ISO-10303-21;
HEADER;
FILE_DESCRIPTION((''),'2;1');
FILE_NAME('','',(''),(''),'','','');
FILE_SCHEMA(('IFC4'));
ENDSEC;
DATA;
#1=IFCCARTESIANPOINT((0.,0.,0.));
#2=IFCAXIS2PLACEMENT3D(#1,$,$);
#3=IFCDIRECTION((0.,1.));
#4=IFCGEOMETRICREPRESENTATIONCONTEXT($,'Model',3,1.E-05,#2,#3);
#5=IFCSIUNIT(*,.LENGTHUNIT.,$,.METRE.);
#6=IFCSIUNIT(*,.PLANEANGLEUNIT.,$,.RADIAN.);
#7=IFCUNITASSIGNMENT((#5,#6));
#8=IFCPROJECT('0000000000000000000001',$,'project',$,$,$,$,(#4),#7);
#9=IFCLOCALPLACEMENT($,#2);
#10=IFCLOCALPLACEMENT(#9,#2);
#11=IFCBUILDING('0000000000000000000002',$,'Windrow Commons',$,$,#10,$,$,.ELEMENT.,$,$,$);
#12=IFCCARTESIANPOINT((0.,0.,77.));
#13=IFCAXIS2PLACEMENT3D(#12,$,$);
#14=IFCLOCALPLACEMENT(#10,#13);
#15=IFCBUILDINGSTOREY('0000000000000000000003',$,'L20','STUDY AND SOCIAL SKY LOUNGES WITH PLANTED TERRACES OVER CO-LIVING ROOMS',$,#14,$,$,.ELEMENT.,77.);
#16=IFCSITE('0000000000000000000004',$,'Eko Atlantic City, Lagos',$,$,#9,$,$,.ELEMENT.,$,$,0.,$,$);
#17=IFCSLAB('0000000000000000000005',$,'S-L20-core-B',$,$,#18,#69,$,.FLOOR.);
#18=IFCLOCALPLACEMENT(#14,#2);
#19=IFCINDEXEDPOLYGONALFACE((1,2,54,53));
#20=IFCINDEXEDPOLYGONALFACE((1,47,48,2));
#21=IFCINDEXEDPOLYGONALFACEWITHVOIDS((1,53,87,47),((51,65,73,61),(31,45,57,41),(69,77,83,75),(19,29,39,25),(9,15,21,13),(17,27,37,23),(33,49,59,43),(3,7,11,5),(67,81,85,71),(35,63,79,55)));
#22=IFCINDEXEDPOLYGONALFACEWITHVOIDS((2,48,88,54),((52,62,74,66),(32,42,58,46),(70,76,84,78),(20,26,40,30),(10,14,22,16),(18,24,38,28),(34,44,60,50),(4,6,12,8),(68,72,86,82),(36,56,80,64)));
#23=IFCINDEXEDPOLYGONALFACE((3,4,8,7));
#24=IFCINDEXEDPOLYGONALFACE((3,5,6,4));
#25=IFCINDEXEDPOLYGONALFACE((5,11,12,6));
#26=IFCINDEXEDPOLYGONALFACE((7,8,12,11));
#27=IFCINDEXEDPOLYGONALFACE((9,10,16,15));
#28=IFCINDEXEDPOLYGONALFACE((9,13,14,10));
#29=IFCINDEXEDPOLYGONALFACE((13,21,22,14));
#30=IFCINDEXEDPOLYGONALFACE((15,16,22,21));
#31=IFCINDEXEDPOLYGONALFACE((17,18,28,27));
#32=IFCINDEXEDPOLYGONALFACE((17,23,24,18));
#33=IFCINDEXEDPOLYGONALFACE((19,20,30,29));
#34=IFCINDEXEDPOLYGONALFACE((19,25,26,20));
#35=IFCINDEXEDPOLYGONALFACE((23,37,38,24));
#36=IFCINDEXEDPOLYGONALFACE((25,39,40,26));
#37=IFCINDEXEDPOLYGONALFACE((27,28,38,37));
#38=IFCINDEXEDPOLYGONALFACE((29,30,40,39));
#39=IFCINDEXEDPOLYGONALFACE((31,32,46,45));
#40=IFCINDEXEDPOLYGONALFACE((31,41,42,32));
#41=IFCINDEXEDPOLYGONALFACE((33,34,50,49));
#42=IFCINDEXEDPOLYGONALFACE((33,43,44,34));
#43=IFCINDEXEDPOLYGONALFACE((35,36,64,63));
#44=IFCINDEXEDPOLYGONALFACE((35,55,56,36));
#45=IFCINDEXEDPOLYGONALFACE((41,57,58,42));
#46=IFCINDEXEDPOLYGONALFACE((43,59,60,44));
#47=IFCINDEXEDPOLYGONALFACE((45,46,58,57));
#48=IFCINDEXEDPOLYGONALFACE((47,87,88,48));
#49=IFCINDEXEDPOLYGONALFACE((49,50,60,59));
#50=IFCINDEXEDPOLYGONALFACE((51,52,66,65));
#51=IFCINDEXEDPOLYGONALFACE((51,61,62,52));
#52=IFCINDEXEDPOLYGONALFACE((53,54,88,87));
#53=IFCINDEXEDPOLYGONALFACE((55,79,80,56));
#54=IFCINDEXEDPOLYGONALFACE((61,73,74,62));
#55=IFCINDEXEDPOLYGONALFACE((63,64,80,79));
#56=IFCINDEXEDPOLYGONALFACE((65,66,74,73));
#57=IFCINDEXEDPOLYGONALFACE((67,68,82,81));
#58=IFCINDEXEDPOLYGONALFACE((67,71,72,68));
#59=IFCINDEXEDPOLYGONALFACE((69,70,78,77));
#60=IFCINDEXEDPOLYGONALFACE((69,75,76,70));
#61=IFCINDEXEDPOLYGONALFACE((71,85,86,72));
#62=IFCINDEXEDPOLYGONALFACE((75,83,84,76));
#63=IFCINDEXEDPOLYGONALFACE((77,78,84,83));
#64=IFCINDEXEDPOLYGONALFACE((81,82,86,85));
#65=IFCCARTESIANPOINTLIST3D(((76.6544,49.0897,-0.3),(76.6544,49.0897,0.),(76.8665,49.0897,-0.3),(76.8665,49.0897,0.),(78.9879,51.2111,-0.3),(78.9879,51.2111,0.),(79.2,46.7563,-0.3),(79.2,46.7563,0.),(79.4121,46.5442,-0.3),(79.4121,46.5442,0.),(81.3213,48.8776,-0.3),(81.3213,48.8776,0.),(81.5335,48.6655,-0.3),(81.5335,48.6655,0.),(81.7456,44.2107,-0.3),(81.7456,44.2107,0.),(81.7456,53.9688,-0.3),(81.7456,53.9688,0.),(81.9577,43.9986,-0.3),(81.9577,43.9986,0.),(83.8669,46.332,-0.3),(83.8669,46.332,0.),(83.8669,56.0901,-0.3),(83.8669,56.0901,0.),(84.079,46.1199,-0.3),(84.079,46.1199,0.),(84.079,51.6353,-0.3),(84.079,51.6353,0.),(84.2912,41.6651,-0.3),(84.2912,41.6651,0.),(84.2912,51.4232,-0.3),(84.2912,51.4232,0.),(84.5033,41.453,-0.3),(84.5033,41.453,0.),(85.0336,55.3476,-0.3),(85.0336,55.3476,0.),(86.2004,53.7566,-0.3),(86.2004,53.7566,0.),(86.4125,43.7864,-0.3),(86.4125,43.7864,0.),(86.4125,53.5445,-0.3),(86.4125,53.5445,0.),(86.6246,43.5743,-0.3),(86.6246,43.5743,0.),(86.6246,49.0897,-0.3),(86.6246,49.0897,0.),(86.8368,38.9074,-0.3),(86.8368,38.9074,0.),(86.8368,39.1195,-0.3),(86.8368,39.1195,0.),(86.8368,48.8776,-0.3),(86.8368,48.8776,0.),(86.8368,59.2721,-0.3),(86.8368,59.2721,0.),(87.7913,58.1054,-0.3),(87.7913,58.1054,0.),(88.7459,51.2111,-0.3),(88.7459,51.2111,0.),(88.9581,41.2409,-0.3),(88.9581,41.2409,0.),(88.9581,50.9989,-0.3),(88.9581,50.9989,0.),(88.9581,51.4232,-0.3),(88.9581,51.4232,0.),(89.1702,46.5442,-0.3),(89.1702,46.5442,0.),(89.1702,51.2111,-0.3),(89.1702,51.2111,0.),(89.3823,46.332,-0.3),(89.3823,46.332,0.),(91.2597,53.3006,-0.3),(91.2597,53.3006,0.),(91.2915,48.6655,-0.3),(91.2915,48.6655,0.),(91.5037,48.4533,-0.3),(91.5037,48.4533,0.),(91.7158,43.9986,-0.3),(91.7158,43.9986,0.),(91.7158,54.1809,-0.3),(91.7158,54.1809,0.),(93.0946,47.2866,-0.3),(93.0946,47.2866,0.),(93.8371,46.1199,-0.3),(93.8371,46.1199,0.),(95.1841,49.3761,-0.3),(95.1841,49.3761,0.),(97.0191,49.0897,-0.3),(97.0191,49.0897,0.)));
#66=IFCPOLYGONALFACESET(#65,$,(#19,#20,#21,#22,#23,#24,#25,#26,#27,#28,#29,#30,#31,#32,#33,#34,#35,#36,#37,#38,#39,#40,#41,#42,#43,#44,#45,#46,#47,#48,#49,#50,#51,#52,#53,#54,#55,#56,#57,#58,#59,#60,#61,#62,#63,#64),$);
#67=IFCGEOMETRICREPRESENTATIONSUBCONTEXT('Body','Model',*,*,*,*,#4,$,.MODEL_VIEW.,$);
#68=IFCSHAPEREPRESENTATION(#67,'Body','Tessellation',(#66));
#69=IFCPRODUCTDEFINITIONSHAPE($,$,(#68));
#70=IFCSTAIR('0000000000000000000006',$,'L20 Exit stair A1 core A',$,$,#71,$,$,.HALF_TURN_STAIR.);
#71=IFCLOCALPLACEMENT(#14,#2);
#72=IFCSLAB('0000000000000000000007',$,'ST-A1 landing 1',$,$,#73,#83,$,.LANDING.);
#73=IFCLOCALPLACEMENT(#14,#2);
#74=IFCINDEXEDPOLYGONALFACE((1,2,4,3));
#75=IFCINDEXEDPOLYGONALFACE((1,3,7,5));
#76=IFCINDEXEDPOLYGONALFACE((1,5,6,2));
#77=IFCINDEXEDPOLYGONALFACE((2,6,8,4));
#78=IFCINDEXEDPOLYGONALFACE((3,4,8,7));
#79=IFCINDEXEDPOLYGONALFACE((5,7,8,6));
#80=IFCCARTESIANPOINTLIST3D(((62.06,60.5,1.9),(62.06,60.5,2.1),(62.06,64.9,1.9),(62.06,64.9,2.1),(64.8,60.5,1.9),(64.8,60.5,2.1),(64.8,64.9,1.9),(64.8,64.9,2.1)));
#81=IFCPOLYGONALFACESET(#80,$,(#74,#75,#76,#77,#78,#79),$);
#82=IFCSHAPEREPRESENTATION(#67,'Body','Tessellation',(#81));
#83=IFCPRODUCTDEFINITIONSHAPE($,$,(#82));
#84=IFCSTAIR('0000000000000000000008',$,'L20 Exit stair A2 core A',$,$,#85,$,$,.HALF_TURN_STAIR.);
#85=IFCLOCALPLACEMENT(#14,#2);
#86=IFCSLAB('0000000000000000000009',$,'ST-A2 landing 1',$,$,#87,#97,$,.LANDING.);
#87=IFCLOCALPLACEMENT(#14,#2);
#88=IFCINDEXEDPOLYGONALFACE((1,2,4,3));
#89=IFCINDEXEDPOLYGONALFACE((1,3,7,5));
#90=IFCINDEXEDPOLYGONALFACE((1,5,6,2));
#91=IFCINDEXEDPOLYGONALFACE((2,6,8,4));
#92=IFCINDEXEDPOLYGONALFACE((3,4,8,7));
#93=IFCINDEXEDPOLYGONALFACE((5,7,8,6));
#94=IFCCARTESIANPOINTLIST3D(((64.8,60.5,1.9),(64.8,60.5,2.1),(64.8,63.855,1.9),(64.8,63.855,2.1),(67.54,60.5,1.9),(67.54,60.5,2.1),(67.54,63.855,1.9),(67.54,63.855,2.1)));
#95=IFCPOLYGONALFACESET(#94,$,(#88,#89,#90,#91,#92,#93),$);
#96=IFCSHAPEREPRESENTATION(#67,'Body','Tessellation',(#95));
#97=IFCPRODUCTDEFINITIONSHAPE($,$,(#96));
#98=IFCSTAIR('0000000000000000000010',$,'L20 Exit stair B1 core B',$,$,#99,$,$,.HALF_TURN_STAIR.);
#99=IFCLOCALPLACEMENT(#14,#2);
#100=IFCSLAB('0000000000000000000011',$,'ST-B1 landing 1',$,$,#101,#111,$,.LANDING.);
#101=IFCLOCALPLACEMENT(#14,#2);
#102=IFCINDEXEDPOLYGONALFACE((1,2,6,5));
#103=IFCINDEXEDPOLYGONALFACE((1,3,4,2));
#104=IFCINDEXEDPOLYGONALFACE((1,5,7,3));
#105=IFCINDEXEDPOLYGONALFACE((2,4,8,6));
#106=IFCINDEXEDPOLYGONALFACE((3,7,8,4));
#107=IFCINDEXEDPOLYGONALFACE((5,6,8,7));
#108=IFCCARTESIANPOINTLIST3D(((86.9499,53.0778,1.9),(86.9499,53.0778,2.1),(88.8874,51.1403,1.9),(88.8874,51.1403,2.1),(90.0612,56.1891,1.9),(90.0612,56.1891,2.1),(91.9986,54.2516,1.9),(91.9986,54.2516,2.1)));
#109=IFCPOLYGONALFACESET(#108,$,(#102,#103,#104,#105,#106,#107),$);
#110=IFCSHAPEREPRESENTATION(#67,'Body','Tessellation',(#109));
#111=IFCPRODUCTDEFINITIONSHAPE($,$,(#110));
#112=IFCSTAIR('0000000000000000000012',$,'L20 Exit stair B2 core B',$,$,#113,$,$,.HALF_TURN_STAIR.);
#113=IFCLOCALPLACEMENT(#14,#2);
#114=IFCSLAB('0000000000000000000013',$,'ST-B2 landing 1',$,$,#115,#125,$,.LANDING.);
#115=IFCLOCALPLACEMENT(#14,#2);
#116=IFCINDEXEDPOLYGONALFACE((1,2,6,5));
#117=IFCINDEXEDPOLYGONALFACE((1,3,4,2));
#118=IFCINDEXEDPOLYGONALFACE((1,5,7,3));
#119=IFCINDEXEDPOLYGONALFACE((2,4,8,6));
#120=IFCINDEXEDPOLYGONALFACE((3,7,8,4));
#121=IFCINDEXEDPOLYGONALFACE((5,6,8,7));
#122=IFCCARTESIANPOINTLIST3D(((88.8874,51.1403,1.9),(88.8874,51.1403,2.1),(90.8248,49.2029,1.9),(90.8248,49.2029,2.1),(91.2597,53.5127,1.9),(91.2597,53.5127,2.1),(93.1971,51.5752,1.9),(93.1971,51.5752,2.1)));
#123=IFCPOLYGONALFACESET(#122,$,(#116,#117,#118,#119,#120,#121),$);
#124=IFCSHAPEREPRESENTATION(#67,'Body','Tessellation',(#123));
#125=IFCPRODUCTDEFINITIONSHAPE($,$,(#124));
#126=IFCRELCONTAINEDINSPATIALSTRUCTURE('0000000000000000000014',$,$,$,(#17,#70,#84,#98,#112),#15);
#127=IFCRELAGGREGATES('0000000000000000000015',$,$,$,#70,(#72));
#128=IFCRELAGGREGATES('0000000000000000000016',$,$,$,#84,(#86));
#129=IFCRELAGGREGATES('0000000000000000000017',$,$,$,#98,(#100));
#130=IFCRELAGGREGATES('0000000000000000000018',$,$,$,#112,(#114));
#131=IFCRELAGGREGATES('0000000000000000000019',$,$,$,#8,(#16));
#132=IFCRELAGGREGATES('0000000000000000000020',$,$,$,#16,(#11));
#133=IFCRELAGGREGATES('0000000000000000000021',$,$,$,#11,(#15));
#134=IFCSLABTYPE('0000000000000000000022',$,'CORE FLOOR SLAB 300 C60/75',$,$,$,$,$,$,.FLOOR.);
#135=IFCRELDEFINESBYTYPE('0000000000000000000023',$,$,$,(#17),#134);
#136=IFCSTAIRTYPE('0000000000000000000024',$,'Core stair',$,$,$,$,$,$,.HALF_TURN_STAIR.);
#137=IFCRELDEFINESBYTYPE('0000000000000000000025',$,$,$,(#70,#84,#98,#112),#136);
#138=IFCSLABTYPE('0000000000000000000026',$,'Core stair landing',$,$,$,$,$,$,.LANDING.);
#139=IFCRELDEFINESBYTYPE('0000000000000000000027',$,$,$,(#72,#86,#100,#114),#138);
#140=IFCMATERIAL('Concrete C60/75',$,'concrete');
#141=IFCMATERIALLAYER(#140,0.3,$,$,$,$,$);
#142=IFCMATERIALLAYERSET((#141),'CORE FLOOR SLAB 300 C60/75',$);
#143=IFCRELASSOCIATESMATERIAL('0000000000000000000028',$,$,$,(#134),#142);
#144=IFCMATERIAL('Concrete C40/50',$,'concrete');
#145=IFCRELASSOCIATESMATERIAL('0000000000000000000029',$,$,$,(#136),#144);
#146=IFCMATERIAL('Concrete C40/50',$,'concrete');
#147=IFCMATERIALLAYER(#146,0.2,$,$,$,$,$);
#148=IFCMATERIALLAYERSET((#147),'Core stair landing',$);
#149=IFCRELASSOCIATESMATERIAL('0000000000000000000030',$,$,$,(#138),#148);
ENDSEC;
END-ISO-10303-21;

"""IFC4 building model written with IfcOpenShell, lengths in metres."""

from ifc_helpers import new_model, si_unit, direction, frame, origin, place, context, subcontext, project, spatial, polyline, outline, extrude, material, layer, layer_set, type_object, element, aggregate, save


model = new_model("IFC4")

# Units and contexts
model_context = context("Model", 3, precision=1e-05, world=origin(), true_north=direction((0.0, 1.0)))
body_context = subcontext(model_context, "Body", "Model", "MODEL_VIEW")
ifc_project = project(units=[si_unit("LENGTHUNIT", "METRE"), si_unit("PLANEANGLEUNIT", "RADIAN")], contexts=[model_context])

# Site, building, storey
site_placement = place(None, origin())
site = spatial("IfcSite", under=ifc_project, at=site_placement, Name="Eko Atlantic City, Lagos", CompositionType="ELEMENT", RefElevation=0.0)
building_placement = place(site_placement, origin())
building = spatial("IfcBuilding", under=site, at=building_placement, Name="Windrow Commons", CompositionType="ELEMENT")
storey_placement = place(building_placement, frame((0.0, 0.0, 77.0)))
storey = spatial("IfcBuildingStorey", under=building, at=storey_placement, Name="L20", Description="STUDY AND SOCIAL SKY LOUNGES WITH PLANTED TERRACES OVER CO-LIVING ROOMS", CompositionType="ELEMENT", Elevation=77.0)

# Slab, openings
ifc_material_1 = material(Name="Concrete C60/75", Category="concrete")
ifc_layer_1 = layer(ifc_material_1, 0.3)
ifc_layer_set_1 = layer_set([ifc_layer_1], Name="CORE FLOOR SLAB 300 C60/75")
slab_type_1 = type_object("IfcSlabType", Name="CORE FLOOR SLAB 300 C60/75", PredefinedType="FLOOR", material=ifc_layer_set_1)
placement_1 = place(storey_placement, frame((0.0, 0.0, -0.3)))
slab_1 = element("IfcSlab", 1, at=placement_1, inside=storey, type_object=slab_type_1, Name="S-L20-core-B", PredefinedType="FLOOR", context=body_context, shape_type="SweptSolid", body=[
    extrude(outline(polyline([(76.6544, 49.0897), (86.8368, 38.9074), (97.0191, 49.0897), (86.8368, 59.2721), (76.6544, 49.0897)]), holes=[polyline([(76.8665, 49.0897), (79.2, 46.7563), (81.3213, 48.8776), (78.9879, 51.2111), (76.8665, 49.0897)]), polyline([(79.4121, 46.5442), (81.7456, 44.2107), (83.8669, 46.332), (81.5335, 48.6655), (79.4121, 46.5442)]), polyline([(81.9577, 43.9986), (84.2912, 41.6651), (86.4125, 43.7864), (84.079, 46.1199), (81.9577, 43.9986)]), polyline([(84.5033, 41.453), (86.8368, 39.1195), (88.9581, 41.2409), (86.6246, 43.5743), (84.5033, 41.453)]), polyline([(81.7456, 53.9688), (84.079, 51.6353), (86.2004, 53.7566), (83.8669, 56.0901), (81.7456, 53.9688)]), polyline([(84.2912, 51.4232), (86.6246, 49.0897), (88.7459, 51.2111), (86.4125, 53.5445), (84.2912, 51.4232)]), polyline([(86.8368, 48.8776), (89.1702, 46.5442), (91.2915, 48.6655), (88.9581, 50.9989), (86.8368, 48.8776)]), polyline([(89.3823, 46.332), (91.7158, 43.9986), (93.8371, 46.1199), (91.5037, 48.4533), (89.3823, 46.332)]), polyline([(85.0336, 55.3476), (88.9581, 51.4232), (91.7158, 54.1809), (87.7913, 58.1054), (85.0336, 55.3476)]), polyline([(89.1702, 51.2111), (93.0946, 47.2866), (95.1841, 49.3761), (91.2597, 53.3006), (89.1702, 51.2111)])]), origin(), (0.0, 0.0, 1.0), 0.3),
])
opening_1_placement = place(placement_1, origin())
element("IfcOpeningElement", 2, at=opening_1_placement, cuts=slab_1, PredefinedType="OPENING", context=body_context, shape_type="SweptSolid", body=[
    extrude(outline(polyline([(76.8736, 49.0897), (78.9879, 51.204), (81.3142, 48.8776), (79.2, 46.7634), (76.8736, 49.0897)])), origin(), (0.0, 0.0, 1.0), 0.3),
])
opening_2_placement = place(placement_1, origin())
element("IfcOpeningElement", 3, at=opening_2_placement, cuts=slab_1, PredefinedType="OPENING", context=body_context, shape_type="SweptSolid", body=[
    extrude(outline(polyline([(79.4192, 46.5442), (81.5335, 48.6584), (83.8598, 46.332), (81.7456, 44.2178), (79.4192, 46.5442)])), origin(), (0.0, 0.0, 1.0), 0.3),
])
opening_3_placement = place(placement_1, origin())
element("IfcOpeningElement", 4, at=opening_3_placement, cuts=slab_1, PredefinedType="OPENING", context=body_context, shape_type="SweptSolid", body=[
    extrude(outline(polyline([(81.9648, 43.9986), (84.079, 46.1128), (86.4054, 43.7864), (84.2912, 41.6722), (81.9648, 43.9986)])), origin(), (0.0, 0.0, 1.0), 0.3),
])
opening_4_placement = place(placement_1, origin())
element("IfcOpeningElement", 5, at=opening_4_placement, cuts=slab_1, PredefinedType="OPENING", context=body_context, shape_type="SweptSolid", body=[
    extrude(outline(polyline([(84.5104, 41.453), (86.6246, 43.5672), (88.951, 41.2409), (86.8368, 39.1266), (84.5104, 41.453)])), origin(), (0.0, 0.0, 1.0), 0.3),
])
opening_5_placement = place(placement_1, origin())
element("IfcOpeningElement", 6, at=opening_5_placement, cuts=slab_1, PredefinedType="OPENING", context=body_context, shape_type="SweptSolid", body=[
    extrude(outline(polyline([(81.7527, 53.9688), (83.8669, 56.083), (86.1933, 53.7566), (84.079, 51.6424), (81.7527, 53.9688)])), origin(), (0.0, 0.0, 1.0), 0.3),
])
opening_6_placement = place(placement_1, origin())
element("IfcOpeningElement", 7, at=opening_6_placement, cuts=slab_1, PredefinedType="OPENING", context=body_context, shape_type="SweptSolid", body=[
    extrude(outline(polyline([(84.2983, 51.4232), (86.4125, 53.5374), (88.7388, 51.2111), (86.6246, 49.0968), (84.2983, 51.4232)])), origin(), (0.0, 0.0, 1.0), 0.3),
])
opening_7_placement = place(placement_1, origin())
element("IfcOpeningElement", 8, at=opening_7_placement, cuts=slab_1, PredefinedType="OPENING", context=body_context, shape_type="SweptSolid", body=[
    extrude(outline(polyline([(86.8439, 48.8776), (88.9581, 50.9918), (91.2844, 48.6655), (89.1702, 46.5513), (86.8439, 48.8776)])), origin(), (0.0, 0.0, 1.0), 0.3),
])
opening_8_placement = place(placement_1, origin())
element("IfcOpeningElement", 9, at=opening_8_placement, cuts=slab_1, PredefinedType="OPENING", context=body_context, shape_type="SweptSolid", body=[
    extrude(outline(polyline([(89.3894, 46.332), (91.5037, 48.4462), (93.83, 46.1199), (91.7158, 44.0057), (89.3894, 46.332)])), origin(), (0.0, 0.0, 1.0), 0.3),
])
opening_9_placement = place(placement_1, origin())
element("IfcOpeningElement", 10, at=opening_9_placement, cuts=slab_1, PredefinedType="OPENING", context=body_context, shape_type="SweptSolid", body=[
    extrude(outline(polyline([(85.0407, 55.3476), (87.7913, 58.0983), (91.7087, 54.1809), (88.9581, 51.4303), (85.0407, 55.3476)])), origin(), (0.0, 0.0, 1.0), 0.3),
])
opening_10_placement = place(placement_1, origin())
element("IfcOpeningElement", 11, at=opening_10_placement, cuts=slab_1, PredefinedType="OPENING", context=body_context, shape_type="SweptSolid", body=[
    extrude(outline(polyline([(89.1773, 51.2111), (91.2597, 53.2935), (95.177, 49.3761), (93.0946, 47.2937), (89.1773, 51.2111)])), origin(), (0.0, 0.0, 1.0), 0.3),
])

# Stairs, slabs
ifc_material_2 = material(Name="Concrete C40/50", Category="concrete")
stair_type = type_object("IfcStairType", Name="Core stair", PredefinedType="HALF_TURN_STAIR", material=ifc_material_2)
placement_2 = place(storey_placement, origin())
stair_1 = element("IfcStair", 12, at=placement_2, inside=storey, type_object=stair_type, Name="L20 Exit stair A1 core A", PredefinedType="HALF_TURN_STAIR")
ifc_material_3 = material(Name="Concrete C40/50", Category="concrete")
ifc_layer_2 = layer(ifc_material_3, 0.2)
ifc_layer_set_2 = layer_set([ifc_layer_2], Name="Core stair landing")
slab_type_2 = type_object("IfcSlabType", Name="Core stair landing", PredefinedType="LANDING", material=ifc_layer_set_2)
placement_3 = place(storey_placement, frame((0.0, 0.0, 1.9)))
slab_2 = element("IfcSlab", 13, at=placement_3, type_object=slab_type_2, Name="ST-A1 landing 1", PredefinedType="LANDING", context=body_context, shape_type="SweptSolid", body=[
    extrude(outline(polyline([(62.06, 60.5), (64.8, 60.5), (64.8, 64.9), (62.06, 64.9), (62.06, 60.5)])), origin(), (0.0, 0.0, 1.0), 0.2),
])
aggregate(stair_1, [slab_2])
stair_2 = element("IfcStair", 14, at=placement_2, inside=storey, type_object=stair_type, Name="L20 Exit stair A2 core A", PredefinedType="HALF_TURN_STAIR")
slab_3 = element("IfcSlab", 15, at=placement_3, type_object=slab_type_2, Name="ST-A2 landing 1", PredefinedType="LANDING", context=body_context, shape_type="SweptSolid", body=[
    extrude(outline(polyline([(64.8, 60.5), (67.54, 60.5), (67.54, 63.855), (64.8, 63.855), (64.8, 60.5)])), origin(), (0.0, 0.0, 1.0), 0.2),
])
aggregate(stair_2, [slab_3])
stair_3 = element("IfcStair", 16, at=placement_2, inside=storey, type_object=stair_type, Name="L20 Exit stair B1 core B", PredefinedType="HALF_TURN_STAIR")
slab_4 = element("IfcSlab", 17, at=placement_3, type_object=slab_type_2, Name="ST-B1 landing 1", PredefinedType="LANDING", context=body_context, shape_type="SweptSolid", body=[
    extrude(outline(polyline([(86.9499, 53.0778), (88.8874, 51.1403), (91.9986, 54.2516), (90.0612, 56.1891), (86.9499, 53.0778)])), origin(), (0.0, 0.0, 1.0), 0.2),
])
aggregate(stair_3, [slab_4])
stair_4 = element("IfcStair", 18, at=placement_2, inside=storey, type_object=stair_type, Name="L20 Exit stair B2 core B", PredefinedType="HALF_TURN_STAIR")
slab_5 = element("IfcSlab", 19, at=placement_3, type_object=slab_type_2, Name="ST-B2 landing 1", PredefinedType="LANDING", context=body_context, shape_type="SweptSolid", body=[
    extrude(outline(polyline([(88.8874, 51.1403), (90.8248, 49.2029), (93.1971, 51.5752), (91.2597, 53.5127), (88.8874, 51.1403)])), origin(), (0.0, 0.0, 1.0), 0.2),
])
aggregate(stair_4, [slab_5])

save(model, "model.ifc")
